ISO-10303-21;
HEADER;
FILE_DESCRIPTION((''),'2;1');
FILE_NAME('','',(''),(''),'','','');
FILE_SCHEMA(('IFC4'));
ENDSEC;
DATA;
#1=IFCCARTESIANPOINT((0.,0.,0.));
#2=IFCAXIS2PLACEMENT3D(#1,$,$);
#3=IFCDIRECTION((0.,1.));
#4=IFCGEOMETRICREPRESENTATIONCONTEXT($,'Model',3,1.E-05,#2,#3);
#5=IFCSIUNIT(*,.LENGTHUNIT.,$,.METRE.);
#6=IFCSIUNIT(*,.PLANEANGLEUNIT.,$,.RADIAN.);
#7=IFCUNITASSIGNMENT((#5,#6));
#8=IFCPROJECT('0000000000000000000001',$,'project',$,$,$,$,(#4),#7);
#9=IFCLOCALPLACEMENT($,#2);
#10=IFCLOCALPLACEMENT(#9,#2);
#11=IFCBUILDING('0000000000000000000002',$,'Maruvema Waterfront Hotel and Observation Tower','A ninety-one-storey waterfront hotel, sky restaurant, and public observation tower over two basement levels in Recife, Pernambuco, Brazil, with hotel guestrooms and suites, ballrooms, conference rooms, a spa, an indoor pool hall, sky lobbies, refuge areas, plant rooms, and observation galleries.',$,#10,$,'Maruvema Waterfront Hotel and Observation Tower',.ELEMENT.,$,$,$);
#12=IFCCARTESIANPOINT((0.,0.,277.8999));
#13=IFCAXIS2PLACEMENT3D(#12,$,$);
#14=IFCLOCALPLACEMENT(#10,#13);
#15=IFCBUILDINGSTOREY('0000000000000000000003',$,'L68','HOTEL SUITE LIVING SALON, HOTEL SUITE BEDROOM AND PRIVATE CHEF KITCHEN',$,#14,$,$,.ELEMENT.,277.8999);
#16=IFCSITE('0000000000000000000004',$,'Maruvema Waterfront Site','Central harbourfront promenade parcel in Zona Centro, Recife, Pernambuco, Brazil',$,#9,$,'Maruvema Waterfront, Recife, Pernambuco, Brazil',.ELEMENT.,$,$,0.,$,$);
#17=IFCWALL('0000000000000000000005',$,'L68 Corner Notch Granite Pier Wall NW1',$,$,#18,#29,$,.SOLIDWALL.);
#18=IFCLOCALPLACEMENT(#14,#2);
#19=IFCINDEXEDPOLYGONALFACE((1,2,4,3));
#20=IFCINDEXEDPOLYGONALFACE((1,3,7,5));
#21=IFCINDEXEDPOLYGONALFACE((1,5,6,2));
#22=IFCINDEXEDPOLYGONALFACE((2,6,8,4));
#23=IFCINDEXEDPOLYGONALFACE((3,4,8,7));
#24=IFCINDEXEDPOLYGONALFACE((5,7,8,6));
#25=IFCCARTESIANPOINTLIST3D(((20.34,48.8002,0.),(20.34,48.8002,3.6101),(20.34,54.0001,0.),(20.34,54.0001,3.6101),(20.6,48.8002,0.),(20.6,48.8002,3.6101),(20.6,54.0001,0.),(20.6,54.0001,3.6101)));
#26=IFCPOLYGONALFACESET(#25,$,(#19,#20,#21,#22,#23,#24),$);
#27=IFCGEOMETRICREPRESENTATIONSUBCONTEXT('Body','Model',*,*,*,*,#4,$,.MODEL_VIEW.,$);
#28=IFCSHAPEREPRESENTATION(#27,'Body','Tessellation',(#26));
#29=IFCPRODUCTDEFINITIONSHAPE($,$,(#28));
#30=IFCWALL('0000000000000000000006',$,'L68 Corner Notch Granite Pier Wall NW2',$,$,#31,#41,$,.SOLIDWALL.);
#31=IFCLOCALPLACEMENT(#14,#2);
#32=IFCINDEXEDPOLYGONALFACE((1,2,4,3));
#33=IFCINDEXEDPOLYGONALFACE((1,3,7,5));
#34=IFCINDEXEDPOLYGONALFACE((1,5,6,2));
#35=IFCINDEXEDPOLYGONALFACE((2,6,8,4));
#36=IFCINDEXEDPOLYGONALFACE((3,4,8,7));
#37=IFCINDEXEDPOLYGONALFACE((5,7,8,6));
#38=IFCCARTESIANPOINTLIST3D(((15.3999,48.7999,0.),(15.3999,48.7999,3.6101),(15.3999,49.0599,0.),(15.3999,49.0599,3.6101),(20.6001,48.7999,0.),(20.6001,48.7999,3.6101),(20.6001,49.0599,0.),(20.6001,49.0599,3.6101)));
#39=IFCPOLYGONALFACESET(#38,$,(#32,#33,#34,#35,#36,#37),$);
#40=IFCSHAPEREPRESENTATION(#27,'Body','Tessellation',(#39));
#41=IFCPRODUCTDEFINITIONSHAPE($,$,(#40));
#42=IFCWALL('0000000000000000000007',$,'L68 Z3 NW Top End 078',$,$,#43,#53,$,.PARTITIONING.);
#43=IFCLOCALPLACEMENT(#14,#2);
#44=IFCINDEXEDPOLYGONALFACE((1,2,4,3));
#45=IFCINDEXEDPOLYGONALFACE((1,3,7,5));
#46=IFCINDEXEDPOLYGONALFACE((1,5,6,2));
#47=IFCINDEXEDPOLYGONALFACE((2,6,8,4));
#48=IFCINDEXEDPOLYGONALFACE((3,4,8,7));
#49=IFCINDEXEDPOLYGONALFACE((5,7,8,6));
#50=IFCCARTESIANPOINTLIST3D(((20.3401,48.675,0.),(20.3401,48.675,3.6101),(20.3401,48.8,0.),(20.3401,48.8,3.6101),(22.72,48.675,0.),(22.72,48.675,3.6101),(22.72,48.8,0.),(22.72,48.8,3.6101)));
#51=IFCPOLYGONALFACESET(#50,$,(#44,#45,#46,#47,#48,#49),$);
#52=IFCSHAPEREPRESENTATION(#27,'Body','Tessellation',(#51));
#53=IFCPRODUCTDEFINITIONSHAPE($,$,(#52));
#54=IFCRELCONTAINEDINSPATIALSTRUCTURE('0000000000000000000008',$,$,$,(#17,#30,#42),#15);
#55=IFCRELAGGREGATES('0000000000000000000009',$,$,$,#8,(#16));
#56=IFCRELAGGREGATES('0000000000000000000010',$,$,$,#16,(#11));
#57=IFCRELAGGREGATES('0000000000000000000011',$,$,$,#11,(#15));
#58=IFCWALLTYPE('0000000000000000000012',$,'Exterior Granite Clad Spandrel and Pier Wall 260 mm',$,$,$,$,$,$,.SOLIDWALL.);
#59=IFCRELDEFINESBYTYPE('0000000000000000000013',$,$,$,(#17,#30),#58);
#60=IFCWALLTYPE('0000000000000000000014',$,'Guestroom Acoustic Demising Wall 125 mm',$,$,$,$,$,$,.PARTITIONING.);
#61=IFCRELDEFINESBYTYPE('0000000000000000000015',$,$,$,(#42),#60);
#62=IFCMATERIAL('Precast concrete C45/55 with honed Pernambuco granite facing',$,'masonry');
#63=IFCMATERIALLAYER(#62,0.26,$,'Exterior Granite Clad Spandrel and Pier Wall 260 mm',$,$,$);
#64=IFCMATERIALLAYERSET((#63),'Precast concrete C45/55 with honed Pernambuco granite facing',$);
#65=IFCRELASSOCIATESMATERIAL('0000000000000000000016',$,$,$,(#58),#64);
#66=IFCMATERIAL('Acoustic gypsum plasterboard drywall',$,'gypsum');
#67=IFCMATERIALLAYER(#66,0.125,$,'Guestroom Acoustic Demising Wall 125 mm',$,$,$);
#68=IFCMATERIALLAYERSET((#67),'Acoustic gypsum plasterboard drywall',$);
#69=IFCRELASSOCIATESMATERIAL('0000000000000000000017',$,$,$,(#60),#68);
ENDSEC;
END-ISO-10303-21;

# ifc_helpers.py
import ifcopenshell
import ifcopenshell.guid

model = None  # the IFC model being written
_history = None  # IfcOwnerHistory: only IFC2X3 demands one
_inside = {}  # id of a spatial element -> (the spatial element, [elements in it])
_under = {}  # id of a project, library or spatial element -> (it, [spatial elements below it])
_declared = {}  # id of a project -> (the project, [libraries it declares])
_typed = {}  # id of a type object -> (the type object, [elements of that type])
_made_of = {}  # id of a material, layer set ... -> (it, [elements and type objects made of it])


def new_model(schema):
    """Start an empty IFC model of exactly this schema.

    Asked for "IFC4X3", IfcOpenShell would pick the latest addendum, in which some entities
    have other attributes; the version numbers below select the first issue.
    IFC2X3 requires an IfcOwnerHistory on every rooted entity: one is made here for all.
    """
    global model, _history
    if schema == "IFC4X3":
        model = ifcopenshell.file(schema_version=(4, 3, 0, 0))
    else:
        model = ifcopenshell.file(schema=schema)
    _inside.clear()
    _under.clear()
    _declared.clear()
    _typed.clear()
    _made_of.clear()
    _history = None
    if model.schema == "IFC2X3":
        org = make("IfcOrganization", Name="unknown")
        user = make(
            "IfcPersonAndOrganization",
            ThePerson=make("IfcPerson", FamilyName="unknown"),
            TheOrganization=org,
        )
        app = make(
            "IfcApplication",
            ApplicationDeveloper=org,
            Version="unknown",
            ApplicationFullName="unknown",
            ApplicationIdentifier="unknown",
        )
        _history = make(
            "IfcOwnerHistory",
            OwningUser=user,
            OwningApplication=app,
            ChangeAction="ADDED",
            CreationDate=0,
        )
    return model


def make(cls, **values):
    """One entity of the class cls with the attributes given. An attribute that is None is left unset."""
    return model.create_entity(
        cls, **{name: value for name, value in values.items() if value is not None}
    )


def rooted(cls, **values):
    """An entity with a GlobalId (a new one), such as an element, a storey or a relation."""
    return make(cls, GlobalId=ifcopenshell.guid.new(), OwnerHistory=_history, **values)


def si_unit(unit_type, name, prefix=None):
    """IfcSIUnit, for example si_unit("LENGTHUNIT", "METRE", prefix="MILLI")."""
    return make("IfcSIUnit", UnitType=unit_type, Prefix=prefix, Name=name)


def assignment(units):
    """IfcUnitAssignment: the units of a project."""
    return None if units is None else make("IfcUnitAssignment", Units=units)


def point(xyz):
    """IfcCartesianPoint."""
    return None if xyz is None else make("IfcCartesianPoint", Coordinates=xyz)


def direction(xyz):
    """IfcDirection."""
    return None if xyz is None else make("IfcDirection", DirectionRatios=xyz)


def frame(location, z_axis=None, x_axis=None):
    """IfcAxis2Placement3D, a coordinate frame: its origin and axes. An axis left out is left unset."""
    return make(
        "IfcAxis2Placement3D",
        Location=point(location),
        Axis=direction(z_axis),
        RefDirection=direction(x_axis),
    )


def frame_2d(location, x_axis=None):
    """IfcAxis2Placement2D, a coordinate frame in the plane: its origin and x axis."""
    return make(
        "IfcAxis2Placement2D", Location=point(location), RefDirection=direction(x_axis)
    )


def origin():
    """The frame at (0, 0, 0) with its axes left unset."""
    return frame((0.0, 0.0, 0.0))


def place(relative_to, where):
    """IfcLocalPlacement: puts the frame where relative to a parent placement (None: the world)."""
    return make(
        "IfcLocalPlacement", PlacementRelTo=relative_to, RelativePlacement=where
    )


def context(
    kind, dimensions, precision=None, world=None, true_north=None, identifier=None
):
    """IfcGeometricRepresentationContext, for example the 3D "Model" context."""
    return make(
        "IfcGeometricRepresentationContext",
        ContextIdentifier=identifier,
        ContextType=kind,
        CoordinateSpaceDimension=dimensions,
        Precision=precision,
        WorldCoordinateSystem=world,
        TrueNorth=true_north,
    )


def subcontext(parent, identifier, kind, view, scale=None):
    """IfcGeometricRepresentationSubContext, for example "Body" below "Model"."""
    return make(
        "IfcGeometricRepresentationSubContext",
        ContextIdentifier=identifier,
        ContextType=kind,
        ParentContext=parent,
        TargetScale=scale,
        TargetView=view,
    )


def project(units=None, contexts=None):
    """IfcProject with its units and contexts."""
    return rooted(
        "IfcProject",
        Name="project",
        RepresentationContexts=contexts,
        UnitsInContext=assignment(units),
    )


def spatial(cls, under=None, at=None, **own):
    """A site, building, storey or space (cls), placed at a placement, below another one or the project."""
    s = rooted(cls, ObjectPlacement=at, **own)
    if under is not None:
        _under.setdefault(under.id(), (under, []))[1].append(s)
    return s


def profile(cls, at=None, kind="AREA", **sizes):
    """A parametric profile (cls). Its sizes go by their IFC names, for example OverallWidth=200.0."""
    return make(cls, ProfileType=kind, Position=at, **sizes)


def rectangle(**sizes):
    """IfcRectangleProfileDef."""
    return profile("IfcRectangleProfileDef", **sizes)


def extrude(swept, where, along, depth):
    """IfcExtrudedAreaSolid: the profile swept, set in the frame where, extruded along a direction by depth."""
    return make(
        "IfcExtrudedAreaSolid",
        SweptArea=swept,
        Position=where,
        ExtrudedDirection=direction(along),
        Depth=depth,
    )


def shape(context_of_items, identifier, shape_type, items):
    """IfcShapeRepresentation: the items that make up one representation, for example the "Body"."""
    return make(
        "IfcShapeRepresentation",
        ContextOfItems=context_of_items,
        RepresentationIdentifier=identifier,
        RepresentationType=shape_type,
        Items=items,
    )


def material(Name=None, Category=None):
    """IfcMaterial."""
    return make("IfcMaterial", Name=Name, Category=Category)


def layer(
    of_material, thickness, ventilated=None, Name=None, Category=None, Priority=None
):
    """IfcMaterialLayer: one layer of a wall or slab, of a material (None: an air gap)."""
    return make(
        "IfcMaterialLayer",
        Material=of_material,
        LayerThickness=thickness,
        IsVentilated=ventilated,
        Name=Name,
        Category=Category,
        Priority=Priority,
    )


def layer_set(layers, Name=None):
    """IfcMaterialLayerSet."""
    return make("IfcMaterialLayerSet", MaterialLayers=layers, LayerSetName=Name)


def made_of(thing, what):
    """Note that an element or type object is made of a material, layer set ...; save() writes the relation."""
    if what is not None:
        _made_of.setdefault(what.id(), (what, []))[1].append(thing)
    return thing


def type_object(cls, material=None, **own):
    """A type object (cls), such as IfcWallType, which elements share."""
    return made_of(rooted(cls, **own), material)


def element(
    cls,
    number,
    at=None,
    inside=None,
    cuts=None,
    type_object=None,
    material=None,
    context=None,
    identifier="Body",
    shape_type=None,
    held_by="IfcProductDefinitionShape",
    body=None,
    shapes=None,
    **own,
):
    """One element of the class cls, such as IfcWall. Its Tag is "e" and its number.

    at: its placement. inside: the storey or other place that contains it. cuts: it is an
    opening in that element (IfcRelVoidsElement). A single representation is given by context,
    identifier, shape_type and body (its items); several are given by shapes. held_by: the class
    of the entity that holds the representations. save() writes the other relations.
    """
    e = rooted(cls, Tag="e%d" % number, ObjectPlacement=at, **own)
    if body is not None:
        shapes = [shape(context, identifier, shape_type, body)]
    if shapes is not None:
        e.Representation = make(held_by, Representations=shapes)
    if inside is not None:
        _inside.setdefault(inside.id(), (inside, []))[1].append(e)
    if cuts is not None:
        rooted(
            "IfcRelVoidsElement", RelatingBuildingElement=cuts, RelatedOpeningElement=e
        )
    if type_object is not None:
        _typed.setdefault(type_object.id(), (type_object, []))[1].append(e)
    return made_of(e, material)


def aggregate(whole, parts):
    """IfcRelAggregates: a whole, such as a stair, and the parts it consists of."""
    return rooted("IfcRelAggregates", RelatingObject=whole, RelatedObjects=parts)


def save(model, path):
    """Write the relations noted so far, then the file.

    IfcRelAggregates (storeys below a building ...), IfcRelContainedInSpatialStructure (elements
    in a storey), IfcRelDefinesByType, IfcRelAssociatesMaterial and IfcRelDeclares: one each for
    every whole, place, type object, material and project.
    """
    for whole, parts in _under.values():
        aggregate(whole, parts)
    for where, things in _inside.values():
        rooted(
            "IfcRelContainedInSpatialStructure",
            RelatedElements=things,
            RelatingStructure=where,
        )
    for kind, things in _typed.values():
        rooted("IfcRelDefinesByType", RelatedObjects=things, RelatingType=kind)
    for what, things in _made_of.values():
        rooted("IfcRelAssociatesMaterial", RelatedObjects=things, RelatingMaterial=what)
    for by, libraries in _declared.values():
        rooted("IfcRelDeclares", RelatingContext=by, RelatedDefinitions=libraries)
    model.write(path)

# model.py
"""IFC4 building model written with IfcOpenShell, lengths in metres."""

from ifc_helpers import new_model, si_unit, direction, frame, frame_2d, origin, place, context, subcontext, project, spatial, rectangle, extrude, material, layer, layer_set, type_object, element, save


model = new_model("IFC4")

# Units and contexts
model_context = context("Model", 3, precision=1e-05, world=origin(), true_north=direction((0.0, 1.0)))
body_context = subcontext(model_context, "Body", "Model", "MODEL_VIEW")
ifc_project = project(units=[si_unit("LENGTHUNIT", "METRE"), si_unit("PLANEANGLEUNIT", "RADIAN")], contexts=[model_context])

# Site, building, storey
site_placement = place(None, origin())
site = spatial("IfcSite", under=ifc_project, at=site_placement, Name="Maruvema Waterfront Site", Description="Central harbourfront promenade parcel in Zona Centro, Recife, Pernambuco, Brazil", LongName="Maruvema Waterfront, Recife, Pernambuco, Brazil", CompositionType="ELEMENT", RefElevation=0.0)
building_placement = place(site_placement, origin())
building = spatial("IfcBuilding", under=site, at=building_placement, Name="Maruvema Waterfront Hotel and Observation Tower", Description="A ninety-one-storey waterfront hotel, sky restaurant, and public observation tower over two basement levels in Recife, Pernambuco, Brazil, with hotel guestrooms and suites, ballrooms, conference rooms, a spa, an indoor pool hall, sky lobbies, refuge areas, plant rooms, and observation galleries.", LongName="Maruvema Waterfront Hotel and Observation Tower", CompositionType="ELEMENT")
storey_placement = place(building_placement, frame((0.0, 0.0, 277.8999)))
storey = spatial("IfcBuildingStorey", under=building, at=storey_placement, Name="L68", Description="HOTEL SUITE LIVING SALON, HOTEL SUITE BEDROOM AND PRIVATE CHEF KITCHEN", CompositionType="ELEMENT", Elevation=277.8999)

# Walls
ifc_material_1 = material(Name="Precast concrete C45/55 with honed Pernambuco granite facing", Category="masonry")
ifc_layer_1 = layer(ifc_material_1, 0.26, Name="Exterior Granite Clad Spandrel and Pier Wall 260 mm")
ifc_layer_set_1 = layer_set([ifc_layer_1], Name="Precast concrete C45/55 with honed Pernambuco granite facing")
wall_type_1 = type_object("IfcWallType", Name="Exterior Granite Clad Spandrel and Pier Wall 260 mm", PredefinedType="SOLIDWALL", material=ifc_layer_set_1)
wall_1_placement = place(storey_placement, frame((20.47, 48.8, 0.0), z_axis=(0.0, 0.0, 1.0), x_axis=(0.0, 1.0, 0.0)))
element("IfcWall", 1, at=wall_1_placement, inside=storey, type_object=wall_type_1, Name="L68 Corner Notch Granite Pier Wall NW1", PredefinedType="SOLIDWALL", context=body_context, shape_type="SweptSolid", body=[
    extrude(rectangle(XDim=5.2, YDim=0.26, at=frame_2d((2.6001, 0.0))), origin(), (0.0, 0.0, 1.0), 3.6101),
])
wall_2_placement = place(storey_placement, frame((15.3999, 48.9299, 0.0), z_axis=(0.0, 0.0, 1.0), x_axis=(1.0, 0.0, 0.0)))
element("IfcWall", 2, at=wall_2_placement, inside=storey, type_object=wall_type_1, Name="L68 Corner Notch Granite Pier Wall NW2", PredefinedType="SOLIDWALL", context=body_context, shape_type="SweptSolid", body=[
    extrude(rectangle(XDim=5.2002, YDim=0.26, at=frame_2d((2.6001, 0.0))), origin(), (0.0, 0.0, 1.0), 3.6101),
])
ifc_material_2 = material(Name="Acoustic gypsum plasterboard drywall", Category="gypsum")
ifc_layer_2 = layer(ifc_material_2, 0.125, Name="Guestroom Acoustic Demising Wall 125 mm")
ifc_layer_set_2 = layer_set([ifc_layer_2], Name="Acoustic gypsum plasterboard drywall")
wall_type_2 = type_object("IfcWallType", Name="Guestroom Acoustic Demising Wall 125 mm", PredefinedType="PARTITIONING", material=ifc_layer_set_2)
wall_3_placement = place(storey_placement, frame((20.3401, 48.7375, 0.0), z_axis=(0.0, 0.0, 1.0), x_axis=(1.0, 0.0, 0.0)))
element("IfcWall", 3, at=wall_3_placement, inside=storey, type_object=wall_type_2, Name="L68 Z3 NW Top End 078", PredefinedType="PARTITIONING", context=body_context, shape_type="SweptSolid", body=[
    extrude(rectangle(XDim=2.3799, YDim=0.125, at=frame_2d((1.1899, 0.0))), origin(), (0.0, 0.0, 1.0), 3.6101),
])

save(model, "model.ifc")
